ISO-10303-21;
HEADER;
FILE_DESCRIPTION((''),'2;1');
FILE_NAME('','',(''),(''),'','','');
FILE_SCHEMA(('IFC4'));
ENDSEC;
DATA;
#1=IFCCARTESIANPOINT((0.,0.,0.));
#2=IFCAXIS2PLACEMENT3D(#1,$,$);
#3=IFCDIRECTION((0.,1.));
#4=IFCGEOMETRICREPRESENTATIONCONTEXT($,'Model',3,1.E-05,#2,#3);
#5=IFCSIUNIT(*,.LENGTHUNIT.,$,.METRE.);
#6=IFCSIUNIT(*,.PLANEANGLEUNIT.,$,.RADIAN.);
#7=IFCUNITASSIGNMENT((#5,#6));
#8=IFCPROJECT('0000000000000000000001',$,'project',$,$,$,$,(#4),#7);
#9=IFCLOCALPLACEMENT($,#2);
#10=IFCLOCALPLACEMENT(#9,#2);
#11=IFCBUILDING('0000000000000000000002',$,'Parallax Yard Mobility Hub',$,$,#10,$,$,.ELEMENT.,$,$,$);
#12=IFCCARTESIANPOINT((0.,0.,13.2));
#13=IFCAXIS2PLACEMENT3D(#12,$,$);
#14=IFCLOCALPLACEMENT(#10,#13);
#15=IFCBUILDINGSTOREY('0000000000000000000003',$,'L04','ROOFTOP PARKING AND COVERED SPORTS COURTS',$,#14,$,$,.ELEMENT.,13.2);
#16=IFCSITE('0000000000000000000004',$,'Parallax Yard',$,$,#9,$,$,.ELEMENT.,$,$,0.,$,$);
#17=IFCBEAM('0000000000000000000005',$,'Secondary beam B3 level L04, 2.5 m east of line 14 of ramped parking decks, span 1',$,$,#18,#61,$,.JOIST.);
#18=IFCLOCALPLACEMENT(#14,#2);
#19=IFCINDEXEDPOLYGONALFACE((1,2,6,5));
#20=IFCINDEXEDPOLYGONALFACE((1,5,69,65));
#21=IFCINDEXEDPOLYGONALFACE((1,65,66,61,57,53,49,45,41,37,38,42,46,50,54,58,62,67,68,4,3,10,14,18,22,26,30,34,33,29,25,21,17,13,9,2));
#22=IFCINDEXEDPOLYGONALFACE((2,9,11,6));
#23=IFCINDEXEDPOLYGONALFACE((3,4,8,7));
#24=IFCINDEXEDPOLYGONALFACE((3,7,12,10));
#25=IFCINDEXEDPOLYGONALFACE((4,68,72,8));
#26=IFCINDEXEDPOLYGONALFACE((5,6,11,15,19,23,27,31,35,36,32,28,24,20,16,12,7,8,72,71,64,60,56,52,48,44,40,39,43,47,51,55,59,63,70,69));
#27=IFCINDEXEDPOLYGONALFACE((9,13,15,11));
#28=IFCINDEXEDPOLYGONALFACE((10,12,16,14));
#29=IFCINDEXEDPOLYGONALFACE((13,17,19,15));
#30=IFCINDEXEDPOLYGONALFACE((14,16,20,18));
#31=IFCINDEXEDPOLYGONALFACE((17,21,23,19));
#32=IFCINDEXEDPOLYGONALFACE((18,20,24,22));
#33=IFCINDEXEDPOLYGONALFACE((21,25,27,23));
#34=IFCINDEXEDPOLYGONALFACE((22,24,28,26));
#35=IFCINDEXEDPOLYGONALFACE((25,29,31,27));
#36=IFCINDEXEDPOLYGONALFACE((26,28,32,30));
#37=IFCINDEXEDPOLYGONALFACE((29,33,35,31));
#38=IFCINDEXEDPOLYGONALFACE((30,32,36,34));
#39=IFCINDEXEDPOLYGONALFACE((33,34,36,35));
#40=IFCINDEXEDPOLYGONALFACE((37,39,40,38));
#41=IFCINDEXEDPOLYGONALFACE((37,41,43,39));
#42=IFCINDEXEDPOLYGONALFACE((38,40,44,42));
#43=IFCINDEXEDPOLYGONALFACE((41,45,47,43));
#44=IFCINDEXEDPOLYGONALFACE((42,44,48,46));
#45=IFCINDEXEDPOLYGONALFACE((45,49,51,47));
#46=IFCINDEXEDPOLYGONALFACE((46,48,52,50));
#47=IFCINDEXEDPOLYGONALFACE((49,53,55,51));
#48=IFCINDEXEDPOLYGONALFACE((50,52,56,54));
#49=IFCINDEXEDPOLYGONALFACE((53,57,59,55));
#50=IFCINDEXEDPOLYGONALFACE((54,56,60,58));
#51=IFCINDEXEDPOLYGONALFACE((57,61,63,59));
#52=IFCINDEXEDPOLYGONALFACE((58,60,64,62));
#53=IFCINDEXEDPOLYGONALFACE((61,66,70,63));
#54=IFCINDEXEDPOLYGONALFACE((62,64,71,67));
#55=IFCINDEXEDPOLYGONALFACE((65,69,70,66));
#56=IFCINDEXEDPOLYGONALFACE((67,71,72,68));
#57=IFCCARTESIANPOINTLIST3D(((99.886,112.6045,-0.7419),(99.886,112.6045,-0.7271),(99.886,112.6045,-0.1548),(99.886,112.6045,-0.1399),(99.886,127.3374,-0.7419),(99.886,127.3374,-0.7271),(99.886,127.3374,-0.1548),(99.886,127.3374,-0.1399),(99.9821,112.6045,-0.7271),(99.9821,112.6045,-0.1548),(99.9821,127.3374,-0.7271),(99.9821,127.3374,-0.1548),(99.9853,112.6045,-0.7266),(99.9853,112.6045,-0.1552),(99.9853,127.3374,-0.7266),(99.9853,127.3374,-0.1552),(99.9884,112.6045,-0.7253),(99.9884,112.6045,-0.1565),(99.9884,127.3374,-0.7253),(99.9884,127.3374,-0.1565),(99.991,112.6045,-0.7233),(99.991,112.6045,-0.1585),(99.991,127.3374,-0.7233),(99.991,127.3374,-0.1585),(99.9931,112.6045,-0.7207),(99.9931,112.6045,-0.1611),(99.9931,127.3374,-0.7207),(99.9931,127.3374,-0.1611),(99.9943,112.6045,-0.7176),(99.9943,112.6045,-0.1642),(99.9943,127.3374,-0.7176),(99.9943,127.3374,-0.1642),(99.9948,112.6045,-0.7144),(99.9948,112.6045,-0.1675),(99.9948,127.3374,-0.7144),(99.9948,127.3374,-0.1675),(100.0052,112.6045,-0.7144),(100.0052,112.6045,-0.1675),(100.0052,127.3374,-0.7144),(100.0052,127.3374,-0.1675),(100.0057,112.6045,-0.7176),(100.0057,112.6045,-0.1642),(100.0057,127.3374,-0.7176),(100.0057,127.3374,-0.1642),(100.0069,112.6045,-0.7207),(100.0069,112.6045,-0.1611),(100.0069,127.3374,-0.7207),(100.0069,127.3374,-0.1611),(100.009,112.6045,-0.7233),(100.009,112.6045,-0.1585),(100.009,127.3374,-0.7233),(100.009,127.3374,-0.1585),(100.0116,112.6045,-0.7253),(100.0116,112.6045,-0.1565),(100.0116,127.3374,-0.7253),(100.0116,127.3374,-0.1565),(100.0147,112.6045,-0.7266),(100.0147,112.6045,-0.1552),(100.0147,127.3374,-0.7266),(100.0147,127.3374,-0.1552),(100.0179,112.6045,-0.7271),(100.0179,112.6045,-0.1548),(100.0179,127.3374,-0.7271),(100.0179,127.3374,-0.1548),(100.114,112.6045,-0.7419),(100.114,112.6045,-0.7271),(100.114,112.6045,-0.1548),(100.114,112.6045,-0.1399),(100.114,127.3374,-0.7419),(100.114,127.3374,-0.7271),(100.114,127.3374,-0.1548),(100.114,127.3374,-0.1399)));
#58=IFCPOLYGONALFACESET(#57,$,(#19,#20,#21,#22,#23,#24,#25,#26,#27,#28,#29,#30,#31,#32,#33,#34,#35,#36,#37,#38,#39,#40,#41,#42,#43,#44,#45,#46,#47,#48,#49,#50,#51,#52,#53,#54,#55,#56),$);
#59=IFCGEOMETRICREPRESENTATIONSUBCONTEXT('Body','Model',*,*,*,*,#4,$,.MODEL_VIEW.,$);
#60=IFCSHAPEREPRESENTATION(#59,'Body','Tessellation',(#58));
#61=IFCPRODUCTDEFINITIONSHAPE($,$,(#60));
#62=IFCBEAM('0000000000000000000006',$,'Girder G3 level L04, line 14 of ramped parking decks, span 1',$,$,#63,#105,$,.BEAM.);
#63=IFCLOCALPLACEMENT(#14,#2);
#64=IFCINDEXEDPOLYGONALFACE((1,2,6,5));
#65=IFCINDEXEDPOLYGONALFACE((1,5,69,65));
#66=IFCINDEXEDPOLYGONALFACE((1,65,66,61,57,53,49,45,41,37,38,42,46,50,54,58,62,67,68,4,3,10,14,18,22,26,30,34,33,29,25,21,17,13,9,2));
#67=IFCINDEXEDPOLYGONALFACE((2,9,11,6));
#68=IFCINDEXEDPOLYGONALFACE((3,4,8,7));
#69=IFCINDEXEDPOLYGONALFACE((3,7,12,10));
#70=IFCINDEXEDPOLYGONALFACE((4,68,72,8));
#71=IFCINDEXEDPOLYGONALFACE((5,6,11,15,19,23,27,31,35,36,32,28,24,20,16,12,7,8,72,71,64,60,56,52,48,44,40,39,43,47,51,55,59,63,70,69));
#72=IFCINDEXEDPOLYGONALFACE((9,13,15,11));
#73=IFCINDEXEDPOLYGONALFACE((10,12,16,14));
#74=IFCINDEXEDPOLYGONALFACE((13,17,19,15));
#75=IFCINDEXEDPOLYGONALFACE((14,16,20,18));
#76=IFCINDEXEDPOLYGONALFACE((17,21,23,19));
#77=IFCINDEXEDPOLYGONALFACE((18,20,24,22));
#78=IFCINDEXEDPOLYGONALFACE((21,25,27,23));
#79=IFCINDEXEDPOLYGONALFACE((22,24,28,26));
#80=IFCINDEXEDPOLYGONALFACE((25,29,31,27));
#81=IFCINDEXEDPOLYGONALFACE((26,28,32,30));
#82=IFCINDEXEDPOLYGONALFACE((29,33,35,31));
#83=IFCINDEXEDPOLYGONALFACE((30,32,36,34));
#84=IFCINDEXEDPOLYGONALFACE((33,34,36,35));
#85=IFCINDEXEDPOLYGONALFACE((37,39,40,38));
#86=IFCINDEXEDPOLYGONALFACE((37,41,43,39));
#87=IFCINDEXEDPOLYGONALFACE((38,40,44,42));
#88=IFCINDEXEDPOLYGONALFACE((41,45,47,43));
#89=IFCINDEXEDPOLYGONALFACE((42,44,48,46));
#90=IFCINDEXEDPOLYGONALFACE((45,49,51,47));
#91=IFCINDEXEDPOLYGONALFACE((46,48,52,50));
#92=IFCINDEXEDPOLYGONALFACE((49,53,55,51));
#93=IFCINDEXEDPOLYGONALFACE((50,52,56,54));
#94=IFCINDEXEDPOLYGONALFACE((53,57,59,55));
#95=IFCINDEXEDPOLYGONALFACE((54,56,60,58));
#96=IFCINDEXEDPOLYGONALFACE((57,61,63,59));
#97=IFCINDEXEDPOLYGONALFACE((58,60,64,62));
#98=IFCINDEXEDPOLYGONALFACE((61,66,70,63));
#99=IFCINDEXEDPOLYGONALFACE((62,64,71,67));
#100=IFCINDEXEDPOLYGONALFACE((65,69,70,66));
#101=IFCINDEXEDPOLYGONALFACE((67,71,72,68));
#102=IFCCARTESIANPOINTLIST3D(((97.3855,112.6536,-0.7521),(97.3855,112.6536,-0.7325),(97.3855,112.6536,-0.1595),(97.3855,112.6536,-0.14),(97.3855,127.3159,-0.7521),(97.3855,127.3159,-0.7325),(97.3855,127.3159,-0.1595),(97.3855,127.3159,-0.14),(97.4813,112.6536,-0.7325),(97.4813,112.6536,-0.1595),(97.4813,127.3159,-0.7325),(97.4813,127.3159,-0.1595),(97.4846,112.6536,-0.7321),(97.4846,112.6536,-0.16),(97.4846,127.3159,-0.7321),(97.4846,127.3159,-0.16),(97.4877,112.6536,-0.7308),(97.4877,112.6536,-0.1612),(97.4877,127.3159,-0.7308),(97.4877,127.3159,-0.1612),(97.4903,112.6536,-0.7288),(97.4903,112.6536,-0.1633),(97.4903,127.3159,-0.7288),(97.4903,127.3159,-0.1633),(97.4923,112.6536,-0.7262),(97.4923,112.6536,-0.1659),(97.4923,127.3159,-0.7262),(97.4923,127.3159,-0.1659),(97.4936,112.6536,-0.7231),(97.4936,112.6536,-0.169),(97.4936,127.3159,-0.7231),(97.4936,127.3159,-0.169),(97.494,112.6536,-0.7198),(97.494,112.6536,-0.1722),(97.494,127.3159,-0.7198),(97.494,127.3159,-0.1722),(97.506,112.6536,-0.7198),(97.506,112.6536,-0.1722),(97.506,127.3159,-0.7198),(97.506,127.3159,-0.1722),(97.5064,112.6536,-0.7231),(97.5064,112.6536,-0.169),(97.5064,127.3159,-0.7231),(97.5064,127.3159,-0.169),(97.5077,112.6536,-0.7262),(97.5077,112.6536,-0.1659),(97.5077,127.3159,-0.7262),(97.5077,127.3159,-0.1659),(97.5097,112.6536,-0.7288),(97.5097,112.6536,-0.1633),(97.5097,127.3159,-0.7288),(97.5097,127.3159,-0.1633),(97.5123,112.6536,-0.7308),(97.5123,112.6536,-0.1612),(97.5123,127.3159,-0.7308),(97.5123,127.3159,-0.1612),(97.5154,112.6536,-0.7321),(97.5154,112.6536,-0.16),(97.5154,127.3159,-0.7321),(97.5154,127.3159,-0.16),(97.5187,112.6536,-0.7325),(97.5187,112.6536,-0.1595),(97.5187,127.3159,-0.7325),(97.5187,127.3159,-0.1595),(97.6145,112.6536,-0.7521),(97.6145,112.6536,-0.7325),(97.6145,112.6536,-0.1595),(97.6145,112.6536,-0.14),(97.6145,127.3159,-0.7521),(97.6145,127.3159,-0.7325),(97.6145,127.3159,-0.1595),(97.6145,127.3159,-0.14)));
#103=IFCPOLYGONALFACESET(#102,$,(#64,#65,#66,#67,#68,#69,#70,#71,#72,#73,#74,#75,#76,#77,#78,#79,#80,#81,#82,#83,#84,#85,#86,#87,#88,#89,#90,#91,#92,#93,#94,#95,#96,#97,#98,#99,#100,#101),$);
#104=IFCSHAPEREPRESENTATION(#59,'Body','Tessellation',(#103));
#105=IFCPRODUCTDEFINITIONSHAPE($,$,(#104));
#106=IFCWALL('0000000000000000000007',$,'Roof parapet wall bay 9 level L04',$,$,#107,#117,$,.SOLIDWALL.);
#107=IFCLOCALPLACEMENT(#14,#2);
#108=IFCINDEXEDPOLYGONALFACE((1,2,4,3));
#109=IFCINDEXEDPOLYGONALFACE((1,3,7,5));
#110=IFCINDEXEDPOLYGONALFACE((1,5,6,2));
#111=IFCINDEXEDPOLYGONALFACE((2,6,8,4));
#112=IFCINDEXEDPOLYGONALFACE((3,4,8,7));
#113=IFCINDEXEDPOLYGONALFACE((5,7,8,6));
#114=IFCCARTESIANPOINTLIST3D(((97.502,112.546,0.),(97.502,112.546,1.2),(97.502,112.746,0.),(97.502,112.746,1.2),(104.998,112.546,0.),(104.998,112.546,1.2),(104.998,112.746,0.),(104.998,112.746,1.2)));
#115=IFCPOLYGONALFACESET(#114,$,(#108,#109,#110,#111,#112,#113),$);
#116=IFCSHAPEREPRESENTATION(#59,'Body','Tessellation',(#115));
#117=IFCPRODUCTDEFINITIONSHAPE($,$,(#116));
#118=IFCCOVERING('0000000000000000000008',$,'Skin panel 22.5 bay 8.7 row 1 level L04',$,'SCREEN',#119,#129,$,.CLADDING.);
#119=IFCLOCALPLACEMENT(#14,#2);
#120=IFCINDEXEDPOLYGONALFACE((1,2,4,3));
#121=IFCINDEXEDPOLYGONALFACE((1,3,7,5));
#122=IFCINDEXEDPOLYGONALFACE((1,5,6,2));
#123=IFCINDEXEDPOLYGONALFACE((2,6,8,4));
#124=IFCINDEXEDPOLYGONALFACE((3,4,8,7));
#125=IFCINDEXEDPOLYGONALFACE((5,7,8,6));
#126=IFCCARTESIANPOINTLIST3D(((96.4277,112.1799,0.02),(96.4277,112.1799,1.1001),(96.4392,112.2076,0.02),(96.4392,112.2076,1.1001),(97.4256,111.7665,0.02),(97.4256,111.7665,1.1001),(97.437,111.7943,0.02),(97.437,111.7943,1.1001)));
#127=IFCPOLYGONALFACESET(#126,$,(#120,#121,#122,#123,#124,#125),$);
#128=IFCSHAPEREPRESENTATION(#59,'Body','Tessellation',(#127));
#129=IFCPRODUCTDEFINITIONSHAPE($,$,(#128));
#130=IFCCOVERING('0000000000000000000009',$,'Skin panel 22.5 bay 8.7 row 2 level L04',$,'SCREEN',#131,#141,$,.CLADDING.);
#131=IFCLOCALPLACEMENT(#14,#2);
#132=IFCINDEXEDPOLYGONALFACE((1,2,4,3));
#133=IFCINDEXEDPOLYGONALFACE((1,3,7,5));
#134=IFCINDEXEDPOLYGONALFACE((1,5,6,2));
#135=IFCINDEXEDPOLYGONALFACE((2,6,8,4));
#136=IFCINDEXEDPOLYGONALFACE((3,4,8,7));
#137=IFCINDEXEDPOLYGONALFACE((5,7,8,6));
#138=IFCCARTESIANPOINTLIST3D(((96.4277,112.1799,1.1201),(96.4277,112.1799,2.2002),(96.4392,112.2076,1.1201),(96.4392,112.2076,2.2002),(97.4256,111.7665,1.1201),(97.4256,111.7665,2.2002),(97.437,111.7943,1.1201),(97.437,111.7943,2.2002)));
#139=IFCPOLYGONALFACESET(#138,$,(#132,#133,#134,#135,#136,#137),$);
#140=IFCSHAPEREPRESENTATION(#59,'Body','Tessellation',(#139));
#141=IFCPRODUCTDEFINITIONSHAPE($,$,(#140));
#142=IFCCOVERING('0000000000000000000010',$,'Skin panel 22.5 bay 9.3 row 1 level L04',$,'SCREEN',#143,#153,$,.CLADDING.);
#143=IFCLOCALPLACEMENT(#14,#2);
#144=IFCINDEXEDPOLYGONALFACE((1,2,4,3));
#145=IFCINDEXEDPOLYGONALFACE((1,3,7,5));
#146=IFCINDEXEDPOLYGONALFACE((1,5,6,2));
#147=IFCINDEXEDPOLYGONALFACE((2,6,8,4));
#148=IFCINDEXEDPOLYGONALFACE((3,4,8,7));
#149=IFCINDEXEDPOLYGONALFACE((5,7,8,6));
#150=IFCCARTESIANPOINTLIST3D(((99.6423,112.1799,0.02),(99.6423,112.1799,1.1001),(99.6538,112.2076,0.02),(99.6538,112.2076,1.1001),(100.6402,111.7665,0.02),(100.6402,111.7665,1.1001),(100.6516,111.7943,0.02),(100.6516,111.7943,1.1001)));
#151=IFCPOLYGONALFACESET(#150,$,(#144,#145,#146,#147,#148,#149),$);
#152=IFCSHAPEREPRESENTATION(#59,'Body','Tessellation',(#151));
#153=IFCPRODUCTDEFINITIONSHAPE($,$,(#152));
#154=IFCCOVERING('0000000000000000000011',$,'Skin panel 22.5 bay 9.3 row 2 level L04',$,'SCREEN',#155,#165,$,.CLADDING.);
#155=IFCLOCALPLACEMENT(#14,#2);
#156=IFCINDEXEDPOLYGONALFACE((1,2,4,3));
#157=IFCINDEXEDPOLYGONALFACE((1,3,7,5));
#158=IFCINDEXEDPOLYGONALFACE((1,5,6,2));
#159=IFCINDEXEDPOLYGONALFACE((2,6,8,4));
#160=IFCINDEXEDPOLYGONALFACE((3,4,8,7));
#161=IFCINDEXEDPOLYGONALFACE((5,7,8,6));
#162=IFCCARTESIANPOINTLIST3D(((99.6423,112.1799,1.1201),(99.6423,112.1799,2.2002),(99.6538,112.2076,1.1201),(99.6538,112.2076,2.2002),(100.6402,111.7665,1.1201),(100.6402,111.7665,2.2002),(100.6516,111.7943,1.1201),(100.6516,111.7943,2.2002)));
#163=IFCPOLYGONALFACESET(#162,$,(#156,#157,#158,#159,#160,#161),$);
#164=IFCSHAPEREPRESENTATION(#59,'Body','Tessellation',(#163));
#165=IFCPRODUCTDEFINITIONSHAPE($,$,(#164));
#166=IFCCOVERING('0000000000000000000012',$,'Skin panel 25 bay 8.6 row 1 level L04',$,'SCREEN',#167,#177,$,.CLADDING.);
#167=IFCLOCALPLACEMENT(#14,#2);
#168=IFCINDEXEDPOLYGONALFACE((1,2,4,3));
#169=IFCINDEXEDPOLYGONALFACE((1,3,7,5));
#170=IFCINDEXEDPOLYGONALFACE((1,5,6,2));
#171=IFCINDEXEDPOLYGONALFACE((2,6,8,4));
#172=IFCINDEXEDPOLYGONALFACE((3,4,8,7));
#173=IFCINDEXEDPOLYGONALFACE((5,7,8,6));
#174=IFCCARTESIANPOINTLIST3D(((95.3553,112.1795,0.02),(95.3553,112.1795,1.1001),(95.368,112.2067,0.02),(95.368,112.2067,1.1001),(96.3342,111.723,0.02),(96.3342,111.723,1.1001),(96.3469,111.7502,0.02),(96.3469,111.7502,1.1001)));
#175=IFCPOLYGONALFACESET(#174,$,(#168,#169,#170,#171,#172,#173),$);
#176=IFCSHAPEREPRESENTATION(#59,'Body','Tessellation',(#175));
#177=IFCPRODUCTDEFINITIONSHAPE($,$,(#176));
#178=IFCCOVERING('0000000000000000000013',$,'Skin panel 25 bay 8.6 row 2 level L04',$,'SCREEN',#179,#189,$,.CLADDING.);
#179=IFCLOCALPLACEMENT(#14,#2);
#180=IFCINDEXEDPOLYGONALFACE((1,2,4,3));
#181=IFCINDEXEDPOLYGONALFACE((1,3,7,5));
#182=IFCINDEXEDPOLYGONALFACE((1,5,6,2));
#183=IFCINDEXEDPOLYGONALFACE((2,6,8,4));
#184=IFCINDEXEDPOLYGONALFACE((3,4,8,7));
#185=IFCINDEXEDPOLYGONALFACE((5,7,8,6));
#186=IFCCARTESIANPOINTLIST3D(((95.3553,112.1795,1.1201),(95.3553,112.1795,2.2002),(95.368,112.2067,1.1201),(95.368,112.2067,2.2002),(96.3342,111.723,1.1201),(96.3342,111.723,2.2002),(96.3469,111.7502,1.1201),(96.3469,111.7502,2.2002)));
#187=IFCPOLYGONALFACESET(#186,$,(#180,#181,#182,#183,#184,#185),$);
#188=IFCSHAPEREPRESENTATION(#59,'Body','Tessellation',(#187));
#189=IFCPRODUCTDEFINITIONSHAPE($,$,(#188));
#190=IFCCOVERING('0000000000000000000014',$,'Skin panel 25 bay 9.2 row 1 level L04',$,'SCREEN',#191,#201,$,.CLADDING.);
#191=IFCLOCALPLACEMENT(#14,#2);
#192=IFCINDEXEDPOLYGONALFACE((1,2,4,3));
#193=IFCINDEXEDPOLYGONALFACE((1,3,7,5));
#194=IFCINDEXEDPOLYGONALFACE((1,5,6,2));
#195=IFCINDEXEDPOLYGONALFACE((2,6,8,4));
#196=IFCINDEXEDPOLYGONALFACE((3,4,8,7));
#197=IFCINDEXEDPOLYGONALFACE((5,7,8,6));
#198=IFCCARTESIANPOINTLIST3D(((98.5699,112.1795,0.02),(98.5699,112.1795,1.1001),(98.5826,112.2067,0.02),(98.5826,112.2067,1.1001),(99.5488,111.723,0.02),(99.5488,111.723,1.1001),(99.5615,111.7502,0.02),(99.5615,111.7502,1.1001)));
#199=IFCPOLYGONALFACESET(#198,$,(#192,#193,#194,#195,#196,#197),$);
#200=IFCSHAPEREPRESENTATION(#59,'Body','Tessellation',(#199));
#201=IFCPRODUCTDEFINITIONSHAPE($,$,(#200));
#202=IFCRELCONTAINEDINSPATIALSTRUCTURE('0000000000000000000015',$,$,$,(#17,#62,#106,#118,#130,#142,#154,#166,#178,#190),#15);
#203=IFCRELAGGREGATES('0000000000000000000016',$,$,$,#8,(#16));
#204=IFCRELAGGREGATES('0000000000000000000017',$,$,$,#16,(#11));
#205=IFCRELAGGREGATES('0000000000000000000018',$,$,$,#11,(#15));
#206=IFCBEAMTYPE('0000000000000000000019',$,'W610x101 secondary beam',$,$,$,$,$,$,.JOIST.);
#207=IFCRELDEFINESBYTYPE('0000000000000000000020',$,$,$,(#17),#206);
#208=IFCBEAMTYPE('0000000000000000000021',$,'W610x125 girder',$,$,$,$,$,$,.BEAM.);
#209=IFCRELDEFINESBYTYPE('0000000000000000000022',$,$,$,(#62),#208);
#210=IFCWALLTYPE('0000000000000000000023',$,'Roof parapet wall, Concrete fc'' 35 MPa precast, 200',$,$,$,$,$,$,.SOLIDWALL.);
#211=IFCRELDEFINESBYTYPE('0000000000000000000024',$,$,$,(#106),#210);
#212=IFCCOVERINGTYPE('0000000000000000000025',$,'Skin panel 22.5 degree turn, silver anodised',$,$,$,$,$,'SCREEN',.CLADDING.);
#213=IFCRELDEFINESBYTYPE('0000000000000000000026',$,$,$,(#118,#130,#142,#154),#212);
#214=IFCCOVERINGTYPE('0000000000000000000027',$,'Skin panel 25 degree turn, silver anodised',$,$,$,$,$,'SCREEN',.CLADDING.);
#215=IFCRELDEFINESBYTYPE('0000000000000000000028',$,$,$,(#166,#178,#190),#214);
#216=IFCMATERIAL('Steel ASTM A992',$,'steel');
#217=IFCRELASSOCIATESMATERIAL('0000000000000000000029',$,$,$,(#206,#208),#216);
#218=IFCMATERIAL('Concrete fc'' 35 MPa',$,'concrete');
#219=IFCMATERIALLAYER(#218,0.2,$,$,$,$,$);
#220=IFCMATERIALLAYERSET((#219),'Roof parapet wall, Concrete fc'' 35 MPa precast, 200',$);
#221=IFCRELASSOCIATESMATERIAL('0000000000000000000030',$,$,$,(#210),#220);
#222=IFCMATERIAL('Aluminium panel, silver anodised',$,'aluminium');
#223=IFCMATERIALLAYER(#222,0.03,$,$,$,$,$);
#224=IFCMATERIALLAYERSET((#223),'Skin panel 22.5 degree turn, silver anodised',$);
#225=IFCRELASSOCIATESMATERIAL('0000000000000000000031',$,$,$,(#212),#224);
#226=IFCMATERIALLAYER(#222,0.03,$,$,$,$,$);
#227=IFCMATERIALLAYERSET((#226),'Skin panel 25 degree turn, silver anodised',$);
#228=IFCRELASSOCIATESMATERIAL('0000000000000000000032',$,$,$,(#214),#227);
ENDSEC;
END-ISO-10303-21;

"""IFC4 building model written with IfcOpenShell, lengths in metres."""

from ifc_helpers import new_model, si_unit, direction, frame, frame_2d, origin, origin_2d, place, context, subcontext, project, spatial, rectangle, i_section, extrude, material, layer, layer_set, material_profile, profile_set, type_object, element, save


model = new_model("IFC4")

# Units and contexts
model_context = context("Model", 3, precision=1e-05, world=origin(), true_north=direction((0.0, 1.0)))
body_context = subcontext(model_context, "Body", "Model", "MODEL_VIEW")
ifc_project = project(units=[si_unit("LENGTHUNIT", "METRE"), si_unit("PLANEANGLEUNIT", "RADIAN")], contexts=[model_context])

# Site, building, storey
site_placement = place(None, origin())
site = spatial("IfcSite", under=ifc_project, at=site_placement, Name="Parallax Yard", CompositionType="ELEMENT", RefElevation=0.0)
building_placement = place(site_placement, origin())
building = spatial("IfcBuilding", under=site, at=building_placement, Name="Parallax Yard Mobility Hub", CompositionType="ELEMENT")
storey_placement = place(building_placement, frame((0.0, 0.0, 13.2)))
storey = spatial("IfcBuildingStorey", under=building, at=storey_placement, Name="L04", Description="ROOFTOP PARKING AND COVERED SPORTS COURTS", CompositionType="ELEMENT", Elevation=13.2)

# Shared definitions
ifc_material_1 = material(Name="Steel ASTM A992", Category="steel")

# Beams
ifc_material_profile_1 = material_profile(ifc_material_1, i_section(OverallWidth=0.228, OverallDepth=0.6021, WebThickness=0.0105, FlangeThickness=0.0149, FilletRadius=0.0127, at=origin_2d()), Name="W610x101")
ifc_profile_set_1 = profile_set([ifc_material_profile_1], Name="Steel ASTM A992")
beam_type_1 = type_object("IfcBeamType", Name="W610x101 secondary beam", PredefinedType="JOIST", material=ifc_profile_set_1)
beam_1_placement = place(storey_placement, frame((100.0, 112.6045, -0.4409), z_axis=(0.0, 1.0, 0.0), x_axis=(-1.0, 0.0, 0.0)))
element("IfcBeam", 1, at=beam_1_placement, inside=storey, type_object=beam_type_1, Name="Secondary beam B3 level L04, 2.5 m east of line 14 of ramped parking decks, span 1", PredefinedType="JOIST", context=body_context, shape_type="SweptSolid", body=[
    extrude(i_section(OverallWidth=0.228, OverallDepth=0.6021, WebThickness=0.0105, FlangeThickness=0.0149, FilletRadius=0.0127, at=origin_2d()), origin(), (0.0, 0.0, 1.0), 14.7329),
])
ifc_material_profile_2 = material_profile(ifc_material_1, i_section(OverallWidth=0.229, OverallDepth=0.6121, WebThickness=0.012, FlangeThickness=0.0195, FilletRadius=0.0127, at=origin_2d()), Name="W610x125")
ifc_profile_set_2 = profile_set([ifc_material_profile_2], Name="Steel ASTM A992")
beam_type_2 = type_object("IfcBeamType", Name="W610x125 girder", PredefinedType="BEAM", material=ifc_profile_set_2)
beam_2_placement = place(storey_placement, frame((97.5, 112.6536, -0.446), z_axis=(0.0, 1.0, 0.0), x_axis=(-1.0, 0.0, 0.0)))
element("IfcBeam", 2, at=beam_2_placement, inside=storey, type_object=beam_type_2, Name="Girder G3 level L04, line 14 of ramped parking decks, span 1", PredefinedType="BEAM", context=body_context, shape_type="SweptSolid", body=[
    extrude(i_section(OverallWidth=0.229, OverallDepth=0.6121, WebThickness=0.012, FlangeThickness=0.0195, FilletRadius=0.0127, at=origin_2d()), origin(), (0.0, 0.0, 1.0), 14.6624),
])

# Wall
ifc_material_2 = material(Name="Concrete fc' 35 MPa", Category="concrete")
ifc_layer_1 = layer(ifc_material_2, 0.2)
ifc_layer_set_1 = layer_set([ifc_layer_1], Name="Roof parapet wall, Concrete fc' 35 MPa precast, 200")
wall_type = type_object("IfcWallType", Name="Roof parapet wall, Concrete fc' 35 MPa precast, 200", PredefinedType="SOLIDWALL", material=ifc_layer_set_1)
wall_placement = place(storey_placement, frame((97.502, 112.646, 0.0), z_axis=(0.0, 0.0, 1.0), x_axis=(1.0, 0.0, 0.0)))
element("IfcWall", 3, at=wall_placement, inside=storey, type_object=wall_type, Name="Roof parapet wall bay 9 level L04", PredefinedType="SOLIDWALL", context=body_context, shape_type="SweptSolid", body=[
    extrude(rectangle(XDim=7.4961, YDim=0.2, at=frame_2d((3.748, 0.0))), origin(), (0.0, 0.0, 1.0), 1.2),
])

# Coverings
ifc_material_3 = material(Name="Aluminium panel, silver anodised", Category="aluminium")
ifc_layer_2 = layer(ifc_material_3, 0.03)
ifc_layer_set_2 = layer_set([ifc_layer_2], Name="Skin panel 22.5 degree turn, silver anodised")
covering_type_1 = type_object("IfcCoveringType", Name="Skin panel 22.5 degree turn, silver anodised", ElementType="SCREEN", PredefinedType="CLADDING", material=ifc_layer_set_2)
for number, where, z_axis, x_axis, name in (
    (4, (96.9324, 111.9871, 0.02), (0.0, 0.0, 1.0), (0.92388, -0.382683, 0.0), "Skin panel 22.5 bay 8.7 row 1 level L04"),
    (5, (96.9324, 111.9871, 1.1201), (0.0, 0.0, 1.0), (0.92388, -0.382683, 0.0), "Skin panel 22.5 bay 8.7 row 2 level L04"),
    (6, (100.147, 111.9871, 0.02), (0.0, 0.0, 1.0), (0.92388, -0.382683, 0.0), "Skin panel 22.5 bay 9.3 row 1 level L04"),
    (7, (100.147, 111.9871, 1.1201), (0.0, 0.0, 1.0), (0.92388, -0.382683, 0.0), "Skin panel 22.5 bay 9.3 row 2 level L04"),
):
    element("IfcCovering", number, at=place(storey_placement, frame(where, z_axis=z_axis, x_axis=x_axis)), inside=storey, type_object=covering_type_1, Name=name, ObjectType="SCREEN", PredefinedType="CLADDING", context=body_context, shape_type="SweptSolid", body=[
        extrude(rectangle(XDim=1.0801, YDim=0.03, at=origin_2d()), origin(), (0.0, 0.0, 1.0), 1.0801),
    ])
ifc_layer_3 = layer(ifc_material_3, 0.03)
ifc_layer_set_3 = layer_set([ifc_layer_3], Name="Skin panel 25 degree turn, silver anodised")
covering_type_2 = type_object("IfcCoveringType", Name="Skin panel 25 degree turn, silver anodised", ElementType="SCREEN", PredefinedType="CLADDING", material=ifc_layer_set_3)
for number, where, z_axis, x_axis, name in (
    (8, (95.8511, 111.9648, 0.02), (0.0, 0.0, 1.0), (0.906308, -0.422618, 0.0), "Skin panel 25 bay 8.6 row 1 level L04"),
    (9, (95.8511, 111.9648, 1.1201), (0.0, 0.0, 1.0), (0.906308, -0.422618, 0.0), "Skin panel 25 bay 8.6 row 2 level L04"),
    (10, (99.0657, 111.9648, 0.02), (0.0, 0.0, 1.0), (0.906308, -0.422618, 0.0), "Skin panel 25 bay 9.2 row 1 level L04"),
):
    element("IfcCovering", number, at=place(storey_placement, frame(where, z_axis=z_axis, x_axis=x_axis)), inside=storey, type_object=covering_type_2, Name=name, ObjectType="SCREEN", PredefinedType="CLADDING", context=body_context, shape_type="SweptSolid", body=[
        extrude(rectangle(XDim=1.0801, YDim=0.03, at=origin_2d()), origin(), (0.0, 0.0, 1.0), 1.0801),
    ])

save(model, "model.ifc")
